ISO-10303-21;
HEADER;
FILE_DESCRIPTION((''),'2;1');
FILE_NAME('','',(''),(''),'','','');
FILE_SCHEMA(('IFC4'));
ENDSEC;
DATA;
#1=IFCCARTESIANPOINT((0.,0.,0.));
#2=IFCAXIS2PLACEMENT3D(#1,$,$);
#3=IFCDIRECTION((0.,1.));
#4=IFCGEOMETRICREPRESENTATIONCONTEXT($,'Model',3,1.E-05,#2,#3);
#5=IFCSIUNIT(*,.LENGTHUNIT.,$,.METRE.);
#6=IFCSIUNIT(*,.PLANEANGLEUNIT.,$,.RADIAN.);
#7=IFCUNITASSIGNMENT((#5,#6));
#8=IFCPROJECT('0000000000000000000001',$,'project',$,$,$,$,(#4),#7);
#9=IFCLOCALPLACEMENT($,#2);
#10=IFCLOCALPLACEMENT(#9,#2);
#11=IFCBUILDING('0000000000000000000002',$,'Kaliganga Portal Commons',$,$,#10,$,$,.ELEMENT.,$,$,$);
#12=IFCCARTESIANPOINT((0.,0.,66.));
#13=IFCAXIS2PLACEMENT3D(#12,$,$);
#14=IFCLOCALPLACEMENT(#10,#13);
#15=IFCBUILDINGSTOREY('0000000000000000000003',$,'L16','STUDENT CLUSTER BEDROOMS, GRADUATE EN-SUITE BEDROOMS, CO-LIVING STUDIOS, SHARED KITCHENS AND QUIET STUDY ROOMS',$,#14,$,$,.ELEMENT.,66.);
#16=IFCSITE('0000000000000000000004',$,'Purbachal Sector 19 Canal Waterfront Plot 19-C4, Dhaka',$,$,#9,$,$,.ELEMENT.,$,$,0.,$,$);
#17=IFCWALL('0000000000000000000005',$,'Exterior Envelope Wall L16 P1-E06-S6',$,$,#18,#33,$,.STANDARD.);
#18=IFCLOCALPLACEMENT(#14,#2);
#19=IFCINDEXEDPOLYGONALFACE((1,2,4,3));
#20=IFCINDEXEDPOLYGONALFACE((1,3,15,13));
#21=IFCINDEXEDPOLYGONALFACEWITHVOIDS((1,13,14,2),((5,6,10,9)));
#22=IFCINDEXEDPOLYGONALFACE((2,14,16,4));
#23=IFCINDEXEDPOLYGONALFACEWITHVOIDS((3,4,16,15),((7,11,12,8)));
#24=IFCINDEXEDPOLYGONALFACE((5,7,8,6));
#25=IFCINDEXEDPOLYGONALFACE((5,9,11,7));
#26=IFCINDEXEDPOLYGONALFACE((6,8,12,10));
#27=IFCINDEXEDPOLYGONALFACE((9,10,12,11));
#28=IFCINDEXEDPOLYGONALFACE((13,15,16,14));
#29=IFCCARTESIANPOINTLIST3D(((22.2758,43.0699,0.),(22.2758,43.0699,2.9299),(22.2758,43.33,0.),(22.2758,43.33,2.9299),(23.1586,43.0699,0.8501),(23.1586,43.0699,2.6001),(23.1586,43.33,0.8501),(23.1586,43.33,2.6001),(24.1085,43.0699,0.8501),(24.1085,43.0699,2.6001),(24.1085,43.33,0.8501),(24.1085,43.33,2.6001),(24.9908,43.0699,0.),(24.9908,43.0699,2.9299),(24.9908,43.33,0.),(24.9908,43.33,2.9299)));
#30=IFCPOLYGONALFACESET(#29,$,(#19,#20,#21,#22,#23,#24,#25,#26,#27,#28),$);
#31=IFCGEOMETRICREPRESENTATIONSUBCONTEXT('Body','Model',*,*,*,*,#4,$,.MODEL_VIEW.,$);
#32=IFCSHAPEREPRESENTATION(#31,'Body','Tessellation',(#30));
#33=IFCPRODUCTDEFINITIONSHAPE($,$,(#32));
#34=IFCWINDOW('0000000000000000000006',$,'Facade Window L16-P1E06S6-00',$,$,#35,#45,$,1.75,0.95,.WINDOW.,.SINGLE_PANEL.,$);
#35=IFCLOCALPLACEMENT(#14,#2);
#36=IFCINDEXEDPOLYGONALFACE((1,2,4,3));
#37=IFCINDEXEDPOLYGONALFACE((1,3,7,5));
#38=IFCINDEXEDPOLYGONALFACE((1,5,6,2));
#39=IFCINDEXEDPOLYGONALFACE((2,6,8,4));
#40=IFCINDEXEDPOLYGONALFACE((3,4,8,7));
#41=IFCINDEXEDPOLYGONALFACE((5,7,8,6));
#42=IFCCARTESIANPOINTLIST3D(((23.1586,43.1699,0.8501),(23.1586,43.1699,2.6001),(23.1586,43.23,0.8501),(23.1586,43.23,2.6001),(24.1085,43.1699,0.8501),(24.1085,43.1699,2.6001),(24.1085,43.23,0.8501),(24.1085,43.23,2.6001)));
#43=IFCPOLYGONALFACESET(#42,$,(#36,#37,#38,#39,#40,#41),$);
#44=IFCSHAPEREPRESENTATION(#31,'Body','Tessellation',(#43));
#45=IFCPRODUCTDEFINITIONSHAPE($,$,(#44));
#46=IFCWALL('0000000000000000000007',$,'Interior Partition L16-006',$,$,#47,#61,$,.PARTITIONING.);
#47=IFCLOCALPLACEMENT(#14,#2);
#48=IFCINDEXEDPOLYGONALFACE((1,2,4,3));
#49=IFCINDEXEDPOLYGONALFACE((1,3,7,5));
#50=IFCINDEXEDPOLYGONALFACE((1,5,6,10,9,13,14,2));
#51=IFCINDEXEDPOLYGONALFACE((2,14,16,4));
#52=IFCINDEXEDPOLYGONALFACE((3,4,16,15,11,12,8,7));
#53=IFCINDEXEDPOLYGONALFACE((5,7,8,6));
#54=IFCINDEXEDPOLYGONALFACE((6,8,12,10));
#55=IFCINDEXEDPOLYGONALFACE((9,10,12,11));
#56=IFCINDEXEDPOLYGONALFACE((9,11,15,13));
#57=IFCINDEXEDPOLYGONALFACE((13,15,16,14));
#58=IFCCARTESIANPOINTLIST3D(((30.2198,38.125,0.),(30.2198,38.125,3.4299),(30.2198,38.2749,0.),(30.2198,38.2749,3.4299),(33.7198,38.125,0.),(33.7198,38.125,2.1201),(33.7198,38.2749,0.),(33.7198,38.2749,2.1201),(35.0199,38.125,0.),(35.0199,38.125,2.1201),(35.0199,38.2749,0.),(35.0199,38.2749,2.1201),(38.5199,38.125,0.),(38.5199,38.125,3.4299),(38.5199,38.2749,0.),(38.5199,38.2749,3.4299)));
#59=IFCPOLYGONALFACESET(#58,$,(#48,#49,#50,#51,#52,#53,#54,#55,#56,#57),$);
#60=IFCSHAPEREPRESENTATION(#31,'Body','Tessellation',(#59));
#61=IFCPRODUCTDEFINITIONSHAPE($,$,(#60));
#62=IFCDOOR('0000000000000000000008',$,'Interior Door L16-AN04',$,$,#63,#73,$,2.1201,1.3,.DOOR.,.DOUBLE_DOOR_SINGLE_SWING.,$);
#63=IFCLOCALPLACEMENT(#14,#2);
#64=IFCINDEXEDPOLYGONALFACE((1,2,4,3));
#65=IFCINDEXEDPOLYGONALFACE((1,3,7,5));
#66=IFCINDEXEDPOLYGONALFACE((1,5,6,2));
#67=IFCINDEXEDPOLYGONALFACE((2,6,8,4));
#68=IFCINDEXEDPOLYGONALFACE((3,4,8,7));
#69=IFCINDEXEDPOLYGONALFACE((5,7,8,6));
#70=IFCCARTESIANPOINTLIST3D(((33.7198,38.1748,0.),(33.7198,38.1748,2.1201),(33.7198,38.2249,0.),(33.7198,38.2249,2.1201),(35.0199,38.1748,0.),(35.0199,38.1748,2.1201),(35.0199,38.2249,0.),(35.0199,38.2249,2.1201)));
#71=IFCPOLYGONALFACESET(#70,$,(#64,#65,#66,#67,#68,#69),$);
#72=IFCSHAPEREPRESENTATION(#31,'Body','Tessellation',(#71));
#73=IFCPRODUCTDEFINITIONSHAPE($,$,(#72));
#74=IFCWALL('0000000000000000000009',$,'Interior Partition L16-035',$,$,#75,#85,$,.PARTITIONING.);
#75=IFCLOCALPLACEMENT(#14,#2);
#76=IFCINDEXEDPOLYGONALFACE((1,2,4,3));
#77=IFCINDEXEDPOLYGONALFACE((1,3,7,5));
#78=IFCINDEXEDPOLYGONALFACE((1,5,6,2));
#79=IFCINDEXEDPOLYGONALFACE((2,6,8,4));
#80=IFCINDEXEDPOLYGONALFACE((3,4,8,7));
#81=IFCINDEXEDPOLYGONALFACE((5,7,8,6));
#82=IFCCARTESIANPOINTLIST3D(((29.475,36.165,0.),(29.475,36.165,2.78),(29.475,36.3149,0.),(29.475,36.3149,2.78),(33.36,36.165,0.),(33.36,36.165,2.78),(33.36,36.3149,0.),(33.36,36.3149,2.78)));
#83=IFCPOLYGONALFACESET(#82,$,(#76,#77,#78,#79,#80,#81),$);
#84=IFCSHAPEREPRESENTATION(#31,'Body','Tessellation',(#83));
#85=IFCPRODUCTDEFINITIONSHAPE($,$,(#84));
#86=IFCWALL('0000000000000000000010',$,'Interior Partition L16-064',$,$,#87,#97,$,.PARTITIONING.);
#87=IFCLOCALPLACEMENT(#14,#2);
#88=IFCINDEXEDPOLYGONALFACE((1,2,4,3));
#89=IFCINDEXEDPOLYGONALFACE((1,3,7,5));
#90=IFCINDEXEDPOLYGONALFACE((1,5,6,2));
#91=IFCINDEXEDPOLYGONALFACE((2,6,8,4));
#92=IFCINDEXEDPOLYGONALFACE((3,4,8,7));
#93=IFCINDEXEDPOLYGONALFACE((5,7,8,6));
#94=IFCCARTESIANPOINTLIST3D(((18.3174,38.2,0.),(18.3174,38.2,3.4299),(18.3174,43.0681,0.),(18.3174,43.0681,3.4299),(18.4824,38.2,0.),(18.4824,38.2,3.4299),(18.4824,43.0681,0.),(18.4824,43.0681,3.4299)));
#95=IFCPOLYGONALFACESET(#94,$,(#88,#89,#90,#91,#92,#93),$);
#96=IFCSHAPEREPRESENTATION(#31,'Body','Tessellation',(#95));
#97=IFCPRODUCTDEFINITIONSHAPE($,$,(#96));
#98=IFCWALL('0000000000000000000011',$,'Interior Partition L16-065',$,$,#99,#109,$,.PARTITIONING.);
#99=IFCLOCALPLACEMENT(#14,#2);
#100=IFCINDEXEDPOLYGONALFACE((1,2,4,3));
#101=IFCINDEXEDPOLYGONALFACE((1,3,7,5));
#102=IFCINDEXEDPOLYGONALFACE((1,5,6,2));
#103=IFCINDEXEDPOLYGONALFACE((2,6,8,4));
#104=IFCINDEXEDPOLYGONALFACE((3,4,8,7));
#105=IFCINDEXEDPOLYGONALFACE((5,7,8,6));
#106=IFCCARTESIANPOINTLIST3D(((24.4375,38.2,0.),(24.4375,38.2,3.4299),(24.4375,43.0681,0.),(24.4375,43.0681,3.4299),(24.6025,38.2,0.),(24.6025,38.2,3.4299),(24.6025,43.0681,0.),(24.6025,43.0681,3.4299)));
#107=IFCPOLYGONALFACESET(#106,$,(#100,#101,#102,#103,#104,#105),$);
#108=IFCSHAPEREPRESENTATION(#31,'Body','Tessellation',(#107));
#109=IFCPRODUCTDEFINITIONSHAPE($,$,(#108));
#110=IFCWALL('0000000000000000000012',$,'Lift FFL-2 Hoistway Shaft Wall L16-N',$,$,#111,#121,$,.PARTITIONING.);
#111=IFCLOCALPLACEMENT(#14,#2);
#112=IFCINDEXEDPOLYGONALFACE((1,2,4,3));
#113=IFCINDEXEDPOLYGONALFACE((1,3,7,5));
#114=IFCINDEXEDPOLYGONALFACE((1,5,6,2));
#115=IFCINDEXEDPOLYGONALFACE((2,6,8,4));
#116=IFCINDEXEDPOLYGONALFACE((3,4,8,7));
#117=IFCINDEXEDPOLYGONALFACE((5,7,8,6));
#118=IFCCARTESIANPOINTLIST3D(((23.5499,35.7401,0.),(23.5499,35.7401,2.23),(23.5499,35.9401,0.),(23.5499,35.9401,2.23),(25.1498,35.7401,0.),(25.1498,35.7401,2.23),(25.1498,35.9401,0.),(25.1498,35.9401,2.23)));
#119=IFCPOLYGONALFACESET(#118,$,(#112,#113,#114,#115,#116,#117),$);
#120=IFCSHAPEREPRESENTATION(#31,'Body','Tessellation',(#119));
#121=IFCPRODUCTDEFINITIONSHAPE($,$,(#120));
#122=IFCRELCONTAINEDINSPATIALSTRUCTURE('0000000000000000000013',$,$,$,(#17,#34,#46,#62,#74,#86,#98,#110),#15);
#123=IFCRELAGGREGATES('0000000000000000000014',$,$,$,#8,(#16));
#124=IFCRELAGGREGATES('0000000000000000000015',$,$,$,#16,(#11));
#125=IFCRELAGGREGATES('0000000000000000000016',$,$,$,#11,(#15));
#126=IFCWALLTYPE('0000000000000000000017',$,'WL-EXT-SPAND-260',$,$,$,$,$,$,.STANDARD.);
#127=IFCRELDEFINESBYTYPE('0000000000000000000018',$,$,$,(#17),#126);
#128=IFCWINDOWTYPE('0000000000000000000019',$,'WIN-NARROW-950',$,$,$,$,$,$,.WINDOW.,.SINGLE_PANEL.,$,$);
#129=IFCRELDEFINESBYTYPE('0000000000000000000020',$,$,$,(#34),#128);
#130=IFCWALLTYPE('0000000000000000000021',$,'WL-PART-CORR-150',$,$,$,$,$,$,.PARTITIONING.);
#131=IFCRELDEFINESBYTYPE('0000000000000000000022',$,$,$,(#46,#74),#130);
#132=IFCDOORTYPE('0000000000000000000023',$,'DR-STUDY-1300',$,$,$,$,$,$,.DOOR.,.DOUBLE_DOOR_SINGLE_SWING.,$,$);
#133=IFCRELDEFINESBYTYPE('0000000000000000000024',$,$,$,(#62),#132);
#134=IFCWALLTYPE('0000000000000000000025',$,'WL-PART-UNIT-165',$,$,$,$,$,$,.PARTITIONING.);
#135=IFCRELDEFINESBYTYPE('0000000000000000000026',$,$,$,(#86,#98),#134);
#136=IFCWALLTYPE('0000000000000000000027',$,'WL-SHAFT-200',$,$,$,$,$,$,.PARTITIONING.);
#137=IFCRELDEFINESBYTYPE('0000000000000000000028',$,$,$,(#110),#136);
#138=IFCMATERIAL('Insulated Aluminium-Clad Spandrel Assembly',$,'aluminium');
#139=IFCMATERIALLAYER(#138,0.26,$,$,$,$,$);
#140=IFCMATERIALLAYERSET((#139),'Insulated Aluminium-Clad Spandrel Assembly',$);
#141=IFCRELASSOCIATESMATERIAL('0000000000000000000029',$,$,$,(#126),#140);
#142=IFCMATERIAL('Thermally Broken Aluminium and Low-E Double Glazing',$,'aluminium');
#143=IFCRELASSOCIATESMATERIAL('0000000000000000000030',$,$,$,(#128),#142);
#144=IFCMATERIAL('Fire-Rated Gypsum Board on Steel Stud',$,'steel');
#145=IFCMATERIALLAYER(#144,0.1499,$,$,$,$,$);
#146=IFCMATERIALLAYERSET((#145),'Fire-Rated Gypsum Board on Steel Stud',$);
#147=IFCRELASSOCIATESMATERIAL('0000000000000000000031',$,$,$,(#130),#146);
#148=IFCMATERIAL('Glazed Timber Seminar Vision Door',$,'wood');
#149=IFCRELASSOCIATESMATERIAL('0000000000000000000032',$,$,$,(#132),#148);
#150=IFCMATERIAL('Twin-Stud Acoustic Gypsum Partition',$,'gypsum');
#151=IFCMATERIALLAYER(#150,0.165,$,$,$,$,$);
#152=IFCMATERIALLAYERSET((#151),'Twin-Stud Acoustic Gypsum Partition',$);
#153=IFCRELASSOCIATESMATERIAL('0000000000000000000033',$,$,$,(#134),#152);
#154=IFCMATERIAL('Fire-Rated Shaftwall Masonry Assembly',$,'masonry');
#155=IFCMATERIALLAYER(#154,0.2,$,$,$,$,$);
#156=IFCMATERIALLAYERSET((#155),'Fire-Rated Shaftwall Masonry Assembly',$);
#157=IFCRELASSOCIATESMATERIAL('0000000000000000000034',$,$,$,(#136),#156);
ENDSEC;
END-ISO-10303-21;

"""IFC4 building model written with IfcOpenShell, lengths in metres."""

from ifc_helpers import new_model, si_unit, direction, frame, frame_2d, origin, place, context, subcontext, project, spatial, rectangle, extrude, material, layer, layer_set, type_object, element, fill, save


model = new_model("IFC4")

# Units and contexts
model_context = context("Model", 3, precision=1e-05, world=origin(), true_north=direction((0.0, 1.0)))
body_context = subcontext(model_context, "Body", "Model", "MODEL_VIEW")
ifc_project = project(units=[si_unit("LENGTHUNIT", "METRE"), si_unit("PLANEANGLEUNIT", "RADIAN")], contexts=[model_context])

# Site, building, storey
site_placement = place(None, origin())
site = spatial("IfcSite", under=ifc_project, at=site_placement, Name="Purbachal Sector 19 Canal Waterfront Plot 19-C4, Dhaka", CompositionType="ELEMENT", RefElevation=0.0)
building_placement = place(site_placement, origin())
building = spatial("IfcBuilding", under=site, at=building_placement, Name="Kaliganga Portal Commons", CompositionType="ELEMENT")
storey_placement = place(building_placement, frame((0.0, 0.0, 66.0)))
storey = spatial("IfcBuildingStorey", under=building, at=storey_placement, Name="L16", Description="STUDENT CLUSTER BEDROOMS, GRADUATE EN-SUITE BEDROOMS, CO-LIVING STUDIOS, SHARED KITCHENS AND QUIET STUDY ROOMS", CompositionType="ELEMENT", Elevation=66.0)

# Wall, opening, window
ifc_material_1 = material(Name="Insulated Aluminium-Clad Spandrel Assembly", Category="aluminium")
ifc_layer_1 = layer(ifc_material_1, 0.26)
ifc_layer_set_1 = layer_set([ifc_layer_1], Name="Insulated Aluminium-Clad Spandrel Assembly")
wall_type_1 = type_object("IfcWallType", Name="WL-EXT-SPAND-260", PredefinedType="STANDARD", material=ifc_layer_set_1)
ifc_material_2 = material(Name="Thermally Broken Aluminium and Low-E Double Glazing", Category="aluminium")
window_type = type_object("IfcWindowType", Name="WIN-NARROW-950", PartitioningType="SINGLE_PANEL", PredefinedType="WINDOW", material=ifc_material_2)
wall_1_placement = place(storey_placement, frame((22.2759, 43.2, 0.0), z_axis=(0.0, 0.0, 1.0), x_axis=(1.0, 0.0, 0.0)))
wall_1 = element("IfcWall", 1, at=wall_1_placement, inside=storey, type_object=wall_type_1, Name="Exterior Envelope Wall L16 P1-E06-S6", PredefinedType="STANDARD", context=body_context, shape_type="SweptSolid", body=[
    extrude(rectangle(XDim=2.7151, YDim=0.26, at=frame_2d((1.3574, 0.0))), origin(), (0.0, 0.0, 1.0), 2.9299),
])
opening_1_placement = place(wall_1_placement, frame((0.8826, 0.0, 0.8501)))
opening_1 = element("IfcOpeningElement", 2, at=opening_1_placement, cuts=wall_1, PredefinedType="OPENING", context=body_context, shape_type="SweptSolid", body=[
    extrude(rectangle(XDim=0.95, YDim=1.75, at=frame_2d((0.4751, 0.875))), frame((0.0, 0.1401, 0.0), z_axis=(0.0, -1.0, 0.0), x_axis=(1.0, 0.0, 0.0)), (0.0, 0.0, 1.0), 0.28),
])
window_1_placement = place(opening_1_placement, origin())
window_1 = element("IfcWindow", 3, at=window_1_placement, inside=storey, type_object=window_type, Name="Facade Window L16-P1E06S6-00", OverallHeight=1.75, OverallWidth=0.95, PartitioningType="SINGLE_PANEL", PredefinedType="WINDOW", context=body_context, shape_type="SweptSolid", body=[
    extrude(rectangle(XDim=0.95, YDim=1.75, at=frame_2d((0.4751, 0.875))), frame((0.0, 0.03, 0.0), z_axis=(0.0, -1.0, 0.0), x_axis=(1.0, 0.0, 0.0)), (0.0, 0.0, 1.0), 0.0601),
])
fill(opening_1, window_1)

# Wall, opening, door
ifc_material_3 = material(Name="Fire-Rated Gypsum Board on Steel Stud", Category="steel")
ifc_layer_2 = layer(ifc_material_3, 0.1499)
ifc_layer_set_2 = layer_set([ifc_layer_2], Name="Fire-Rated Gypsum Board on Steel Stud")
wall_type_2 = type_object("IfcWallType", Name="WL-PART-CORR-150", PredefinedType="PARTITIONING", material=ifc_layer_set_2)
wall_2_placement = place(storey_placement, frame((30.22, 38.2, 0.0), z_axis=(0.0, 0.0, 1.0), x_axis=(1.0, 0.0, 0.0)))
wall_2 = element("IfcWall", 4, at=wall_2_placement, inside=storey, type_object=wall_type_2, Name="Interior Partition L16-006", PredefinedType="PARTITIONING", context=body_context, shape_type="SweptSolid", body=[
    extrude(rectangle(XDim=8.3, YDim=0.1499, at=frame_2d((4.1499, 0.0))), origin(), (0.0, 0.0, 1.0), 3.4299),
])
opening_2_placement = place(wall_2_placement, frame((3.5, 0.0, 0.0)))
opening_2 = element("IfcOpeningElement", 5, at=opening_2_placement, cuts=wall_2, PredefinedType="OPENING", context=body_context, shape_type="SweptSolid", body=[
    extrude(rectangle(XDim=1.3, YDim=2.1201, at=frame_2d((0.6499, 1.0601))), frame((0.0, 0.085, 0.0), z_axis=(0.0, -1.0, 0.0), x_axis=(1.0, 0.0, 0.0)), (0.0, 0.0, 1.0), 0.1699),
])
ifc_material_4 = material(Name="Glazed Timber Seminar Vision Door", Category="wood")
door_type = type_object("IfcDoorType", Name="DR-STUDY-1300", OperationType="DOUBLE_DOOR_SINGLE_SWING", PredefinedType="DOOR", material=ifc_material_4)
door_1_placement = place(opening_2_placement, origin())
door_1 = element("IfcDoor", 6, at=door_1_placement, inside=storey, type_object=door_type, Name="Interior Door L16-AN04", OperationType="DOUBLE_DOOR_SINGLE_SWING", OverallHeight=2.1201, OverallWidth=1.3, PredefinedType="DOOR", context=body_context, shape_type="SweptSolid", body=[
    extrude(rectangle(XDim=1.3, YDim=2.1201, at=frame_2d((0.6499, 1.0601))), frame((0.0, 0.0249, 0.0), z_axis=(0.0, -1.0, 0.0), x_axis=(1.0, 0.0, 0.0)), (0.0, 0.0, 1.0), 0.05),
])
fill(opening_2, door_1)

# Walls
wall_3_placement = place(storey_placement, frame((29.4751, 36.24, 0.0), z_axis=(0.0, 0.0, 1.0), x_axis=(1.0, 0.0, 0.0)))
element("IfcWall", 7, at=wall_3_placement, inside=storey, type_object=wall_type_2, Name="Interior Partition L16-035", PredefinedType="PARTITIONING", context=body_context, shape_type="SweptSolid", body=[
    extrude(rectangle(XDim=3.885, YDim=0.1499, at=frame_2d((1.9424, 0.0))), origin(), (0.0, 0.0, 1.0), 2.78),
])
ifc_material_5 = material(Name="Twin-Stud Acoustic Gypsum Partition", Category="gypsum")
ifc_layer_3 = layer(ifc_material_5, 0.165)
ifc_layer_set_3 = layer_set([ifc_layer_3], Name="Twin-Stud Acoustic Gypsum Partition")
wall_type_3 = type_object("IfcWallType", Name="WL-PART-UNIT-165", PredefinedType="PARTITIONING", material=ifc_layer_set_3)
for number, where, z_axis, x_axis, name in (
    (8, (18.3999, 38.2, 0.0), (0.0, 0.0, 1.0), (0.0, 1.0, 0.0), "Interior Partition L16-064"),
    (9, (24.52, 38.2, 0.0), (0.0, 0.0, 1.0), (0.0, 1.0, 0.0), "Interior Partition L16-065"),
):
    element("IfcWall", number, at=place(storey_placement, frame(where, z_axis=z_axis, x_axis=x_axis)), inside=storey, type_object=wall_type_3, Name=name, PredefinedType="PARTITIONING", context=body_context, shape_type="SweptSolid", body=[
        extrude(rectangle(XDim=4.8682, YDim=0.165, at=frame_2d((2.4341, 0.0))), origin(), (0.0, 0.0, 1.0), 3.4299),
    ])
ifc_material_6 = material(Name="Fire-Rated Shaftwall Masonry Assembly", Category="masonry")
ifc_layer_4 = layer(ifc_material_6, 0.2)
ifc_layer_set_4 = layer_set([ifc_layer_4], Name="Fire-Rated Shaftwall Masonry Assembly")
wall_type_4 = type_object("IfcWallType", Name="WL-SHAFT-200", PredefinedType="PARTITIONING", material=ifc_layer_set_4)
wall_4_placement = place(storey_placement, frame((23.55, 35.8401, 0.0), z_axis=(0.0, 0.0, 1.0), x_axis=(1.0, 0.0, 0.0)))
element("IfcWall", 10, at=wall_4_placement, inside=storey, type_object=wall_type_4, Name="Lift FFL-2 Hoistway Shaft Wall L16-N", PredefinedType="PARTITIONING", context=body_context, shape_type="SweptSolid", body=[
    extrude(rectangle(XDim=1.5999, YDim=0.2, at=frame_2d((0.7998, 0.0))), origin(), (0.0, 0.0, 1.0), 2.23),
])

save(model, "model.ifc")
